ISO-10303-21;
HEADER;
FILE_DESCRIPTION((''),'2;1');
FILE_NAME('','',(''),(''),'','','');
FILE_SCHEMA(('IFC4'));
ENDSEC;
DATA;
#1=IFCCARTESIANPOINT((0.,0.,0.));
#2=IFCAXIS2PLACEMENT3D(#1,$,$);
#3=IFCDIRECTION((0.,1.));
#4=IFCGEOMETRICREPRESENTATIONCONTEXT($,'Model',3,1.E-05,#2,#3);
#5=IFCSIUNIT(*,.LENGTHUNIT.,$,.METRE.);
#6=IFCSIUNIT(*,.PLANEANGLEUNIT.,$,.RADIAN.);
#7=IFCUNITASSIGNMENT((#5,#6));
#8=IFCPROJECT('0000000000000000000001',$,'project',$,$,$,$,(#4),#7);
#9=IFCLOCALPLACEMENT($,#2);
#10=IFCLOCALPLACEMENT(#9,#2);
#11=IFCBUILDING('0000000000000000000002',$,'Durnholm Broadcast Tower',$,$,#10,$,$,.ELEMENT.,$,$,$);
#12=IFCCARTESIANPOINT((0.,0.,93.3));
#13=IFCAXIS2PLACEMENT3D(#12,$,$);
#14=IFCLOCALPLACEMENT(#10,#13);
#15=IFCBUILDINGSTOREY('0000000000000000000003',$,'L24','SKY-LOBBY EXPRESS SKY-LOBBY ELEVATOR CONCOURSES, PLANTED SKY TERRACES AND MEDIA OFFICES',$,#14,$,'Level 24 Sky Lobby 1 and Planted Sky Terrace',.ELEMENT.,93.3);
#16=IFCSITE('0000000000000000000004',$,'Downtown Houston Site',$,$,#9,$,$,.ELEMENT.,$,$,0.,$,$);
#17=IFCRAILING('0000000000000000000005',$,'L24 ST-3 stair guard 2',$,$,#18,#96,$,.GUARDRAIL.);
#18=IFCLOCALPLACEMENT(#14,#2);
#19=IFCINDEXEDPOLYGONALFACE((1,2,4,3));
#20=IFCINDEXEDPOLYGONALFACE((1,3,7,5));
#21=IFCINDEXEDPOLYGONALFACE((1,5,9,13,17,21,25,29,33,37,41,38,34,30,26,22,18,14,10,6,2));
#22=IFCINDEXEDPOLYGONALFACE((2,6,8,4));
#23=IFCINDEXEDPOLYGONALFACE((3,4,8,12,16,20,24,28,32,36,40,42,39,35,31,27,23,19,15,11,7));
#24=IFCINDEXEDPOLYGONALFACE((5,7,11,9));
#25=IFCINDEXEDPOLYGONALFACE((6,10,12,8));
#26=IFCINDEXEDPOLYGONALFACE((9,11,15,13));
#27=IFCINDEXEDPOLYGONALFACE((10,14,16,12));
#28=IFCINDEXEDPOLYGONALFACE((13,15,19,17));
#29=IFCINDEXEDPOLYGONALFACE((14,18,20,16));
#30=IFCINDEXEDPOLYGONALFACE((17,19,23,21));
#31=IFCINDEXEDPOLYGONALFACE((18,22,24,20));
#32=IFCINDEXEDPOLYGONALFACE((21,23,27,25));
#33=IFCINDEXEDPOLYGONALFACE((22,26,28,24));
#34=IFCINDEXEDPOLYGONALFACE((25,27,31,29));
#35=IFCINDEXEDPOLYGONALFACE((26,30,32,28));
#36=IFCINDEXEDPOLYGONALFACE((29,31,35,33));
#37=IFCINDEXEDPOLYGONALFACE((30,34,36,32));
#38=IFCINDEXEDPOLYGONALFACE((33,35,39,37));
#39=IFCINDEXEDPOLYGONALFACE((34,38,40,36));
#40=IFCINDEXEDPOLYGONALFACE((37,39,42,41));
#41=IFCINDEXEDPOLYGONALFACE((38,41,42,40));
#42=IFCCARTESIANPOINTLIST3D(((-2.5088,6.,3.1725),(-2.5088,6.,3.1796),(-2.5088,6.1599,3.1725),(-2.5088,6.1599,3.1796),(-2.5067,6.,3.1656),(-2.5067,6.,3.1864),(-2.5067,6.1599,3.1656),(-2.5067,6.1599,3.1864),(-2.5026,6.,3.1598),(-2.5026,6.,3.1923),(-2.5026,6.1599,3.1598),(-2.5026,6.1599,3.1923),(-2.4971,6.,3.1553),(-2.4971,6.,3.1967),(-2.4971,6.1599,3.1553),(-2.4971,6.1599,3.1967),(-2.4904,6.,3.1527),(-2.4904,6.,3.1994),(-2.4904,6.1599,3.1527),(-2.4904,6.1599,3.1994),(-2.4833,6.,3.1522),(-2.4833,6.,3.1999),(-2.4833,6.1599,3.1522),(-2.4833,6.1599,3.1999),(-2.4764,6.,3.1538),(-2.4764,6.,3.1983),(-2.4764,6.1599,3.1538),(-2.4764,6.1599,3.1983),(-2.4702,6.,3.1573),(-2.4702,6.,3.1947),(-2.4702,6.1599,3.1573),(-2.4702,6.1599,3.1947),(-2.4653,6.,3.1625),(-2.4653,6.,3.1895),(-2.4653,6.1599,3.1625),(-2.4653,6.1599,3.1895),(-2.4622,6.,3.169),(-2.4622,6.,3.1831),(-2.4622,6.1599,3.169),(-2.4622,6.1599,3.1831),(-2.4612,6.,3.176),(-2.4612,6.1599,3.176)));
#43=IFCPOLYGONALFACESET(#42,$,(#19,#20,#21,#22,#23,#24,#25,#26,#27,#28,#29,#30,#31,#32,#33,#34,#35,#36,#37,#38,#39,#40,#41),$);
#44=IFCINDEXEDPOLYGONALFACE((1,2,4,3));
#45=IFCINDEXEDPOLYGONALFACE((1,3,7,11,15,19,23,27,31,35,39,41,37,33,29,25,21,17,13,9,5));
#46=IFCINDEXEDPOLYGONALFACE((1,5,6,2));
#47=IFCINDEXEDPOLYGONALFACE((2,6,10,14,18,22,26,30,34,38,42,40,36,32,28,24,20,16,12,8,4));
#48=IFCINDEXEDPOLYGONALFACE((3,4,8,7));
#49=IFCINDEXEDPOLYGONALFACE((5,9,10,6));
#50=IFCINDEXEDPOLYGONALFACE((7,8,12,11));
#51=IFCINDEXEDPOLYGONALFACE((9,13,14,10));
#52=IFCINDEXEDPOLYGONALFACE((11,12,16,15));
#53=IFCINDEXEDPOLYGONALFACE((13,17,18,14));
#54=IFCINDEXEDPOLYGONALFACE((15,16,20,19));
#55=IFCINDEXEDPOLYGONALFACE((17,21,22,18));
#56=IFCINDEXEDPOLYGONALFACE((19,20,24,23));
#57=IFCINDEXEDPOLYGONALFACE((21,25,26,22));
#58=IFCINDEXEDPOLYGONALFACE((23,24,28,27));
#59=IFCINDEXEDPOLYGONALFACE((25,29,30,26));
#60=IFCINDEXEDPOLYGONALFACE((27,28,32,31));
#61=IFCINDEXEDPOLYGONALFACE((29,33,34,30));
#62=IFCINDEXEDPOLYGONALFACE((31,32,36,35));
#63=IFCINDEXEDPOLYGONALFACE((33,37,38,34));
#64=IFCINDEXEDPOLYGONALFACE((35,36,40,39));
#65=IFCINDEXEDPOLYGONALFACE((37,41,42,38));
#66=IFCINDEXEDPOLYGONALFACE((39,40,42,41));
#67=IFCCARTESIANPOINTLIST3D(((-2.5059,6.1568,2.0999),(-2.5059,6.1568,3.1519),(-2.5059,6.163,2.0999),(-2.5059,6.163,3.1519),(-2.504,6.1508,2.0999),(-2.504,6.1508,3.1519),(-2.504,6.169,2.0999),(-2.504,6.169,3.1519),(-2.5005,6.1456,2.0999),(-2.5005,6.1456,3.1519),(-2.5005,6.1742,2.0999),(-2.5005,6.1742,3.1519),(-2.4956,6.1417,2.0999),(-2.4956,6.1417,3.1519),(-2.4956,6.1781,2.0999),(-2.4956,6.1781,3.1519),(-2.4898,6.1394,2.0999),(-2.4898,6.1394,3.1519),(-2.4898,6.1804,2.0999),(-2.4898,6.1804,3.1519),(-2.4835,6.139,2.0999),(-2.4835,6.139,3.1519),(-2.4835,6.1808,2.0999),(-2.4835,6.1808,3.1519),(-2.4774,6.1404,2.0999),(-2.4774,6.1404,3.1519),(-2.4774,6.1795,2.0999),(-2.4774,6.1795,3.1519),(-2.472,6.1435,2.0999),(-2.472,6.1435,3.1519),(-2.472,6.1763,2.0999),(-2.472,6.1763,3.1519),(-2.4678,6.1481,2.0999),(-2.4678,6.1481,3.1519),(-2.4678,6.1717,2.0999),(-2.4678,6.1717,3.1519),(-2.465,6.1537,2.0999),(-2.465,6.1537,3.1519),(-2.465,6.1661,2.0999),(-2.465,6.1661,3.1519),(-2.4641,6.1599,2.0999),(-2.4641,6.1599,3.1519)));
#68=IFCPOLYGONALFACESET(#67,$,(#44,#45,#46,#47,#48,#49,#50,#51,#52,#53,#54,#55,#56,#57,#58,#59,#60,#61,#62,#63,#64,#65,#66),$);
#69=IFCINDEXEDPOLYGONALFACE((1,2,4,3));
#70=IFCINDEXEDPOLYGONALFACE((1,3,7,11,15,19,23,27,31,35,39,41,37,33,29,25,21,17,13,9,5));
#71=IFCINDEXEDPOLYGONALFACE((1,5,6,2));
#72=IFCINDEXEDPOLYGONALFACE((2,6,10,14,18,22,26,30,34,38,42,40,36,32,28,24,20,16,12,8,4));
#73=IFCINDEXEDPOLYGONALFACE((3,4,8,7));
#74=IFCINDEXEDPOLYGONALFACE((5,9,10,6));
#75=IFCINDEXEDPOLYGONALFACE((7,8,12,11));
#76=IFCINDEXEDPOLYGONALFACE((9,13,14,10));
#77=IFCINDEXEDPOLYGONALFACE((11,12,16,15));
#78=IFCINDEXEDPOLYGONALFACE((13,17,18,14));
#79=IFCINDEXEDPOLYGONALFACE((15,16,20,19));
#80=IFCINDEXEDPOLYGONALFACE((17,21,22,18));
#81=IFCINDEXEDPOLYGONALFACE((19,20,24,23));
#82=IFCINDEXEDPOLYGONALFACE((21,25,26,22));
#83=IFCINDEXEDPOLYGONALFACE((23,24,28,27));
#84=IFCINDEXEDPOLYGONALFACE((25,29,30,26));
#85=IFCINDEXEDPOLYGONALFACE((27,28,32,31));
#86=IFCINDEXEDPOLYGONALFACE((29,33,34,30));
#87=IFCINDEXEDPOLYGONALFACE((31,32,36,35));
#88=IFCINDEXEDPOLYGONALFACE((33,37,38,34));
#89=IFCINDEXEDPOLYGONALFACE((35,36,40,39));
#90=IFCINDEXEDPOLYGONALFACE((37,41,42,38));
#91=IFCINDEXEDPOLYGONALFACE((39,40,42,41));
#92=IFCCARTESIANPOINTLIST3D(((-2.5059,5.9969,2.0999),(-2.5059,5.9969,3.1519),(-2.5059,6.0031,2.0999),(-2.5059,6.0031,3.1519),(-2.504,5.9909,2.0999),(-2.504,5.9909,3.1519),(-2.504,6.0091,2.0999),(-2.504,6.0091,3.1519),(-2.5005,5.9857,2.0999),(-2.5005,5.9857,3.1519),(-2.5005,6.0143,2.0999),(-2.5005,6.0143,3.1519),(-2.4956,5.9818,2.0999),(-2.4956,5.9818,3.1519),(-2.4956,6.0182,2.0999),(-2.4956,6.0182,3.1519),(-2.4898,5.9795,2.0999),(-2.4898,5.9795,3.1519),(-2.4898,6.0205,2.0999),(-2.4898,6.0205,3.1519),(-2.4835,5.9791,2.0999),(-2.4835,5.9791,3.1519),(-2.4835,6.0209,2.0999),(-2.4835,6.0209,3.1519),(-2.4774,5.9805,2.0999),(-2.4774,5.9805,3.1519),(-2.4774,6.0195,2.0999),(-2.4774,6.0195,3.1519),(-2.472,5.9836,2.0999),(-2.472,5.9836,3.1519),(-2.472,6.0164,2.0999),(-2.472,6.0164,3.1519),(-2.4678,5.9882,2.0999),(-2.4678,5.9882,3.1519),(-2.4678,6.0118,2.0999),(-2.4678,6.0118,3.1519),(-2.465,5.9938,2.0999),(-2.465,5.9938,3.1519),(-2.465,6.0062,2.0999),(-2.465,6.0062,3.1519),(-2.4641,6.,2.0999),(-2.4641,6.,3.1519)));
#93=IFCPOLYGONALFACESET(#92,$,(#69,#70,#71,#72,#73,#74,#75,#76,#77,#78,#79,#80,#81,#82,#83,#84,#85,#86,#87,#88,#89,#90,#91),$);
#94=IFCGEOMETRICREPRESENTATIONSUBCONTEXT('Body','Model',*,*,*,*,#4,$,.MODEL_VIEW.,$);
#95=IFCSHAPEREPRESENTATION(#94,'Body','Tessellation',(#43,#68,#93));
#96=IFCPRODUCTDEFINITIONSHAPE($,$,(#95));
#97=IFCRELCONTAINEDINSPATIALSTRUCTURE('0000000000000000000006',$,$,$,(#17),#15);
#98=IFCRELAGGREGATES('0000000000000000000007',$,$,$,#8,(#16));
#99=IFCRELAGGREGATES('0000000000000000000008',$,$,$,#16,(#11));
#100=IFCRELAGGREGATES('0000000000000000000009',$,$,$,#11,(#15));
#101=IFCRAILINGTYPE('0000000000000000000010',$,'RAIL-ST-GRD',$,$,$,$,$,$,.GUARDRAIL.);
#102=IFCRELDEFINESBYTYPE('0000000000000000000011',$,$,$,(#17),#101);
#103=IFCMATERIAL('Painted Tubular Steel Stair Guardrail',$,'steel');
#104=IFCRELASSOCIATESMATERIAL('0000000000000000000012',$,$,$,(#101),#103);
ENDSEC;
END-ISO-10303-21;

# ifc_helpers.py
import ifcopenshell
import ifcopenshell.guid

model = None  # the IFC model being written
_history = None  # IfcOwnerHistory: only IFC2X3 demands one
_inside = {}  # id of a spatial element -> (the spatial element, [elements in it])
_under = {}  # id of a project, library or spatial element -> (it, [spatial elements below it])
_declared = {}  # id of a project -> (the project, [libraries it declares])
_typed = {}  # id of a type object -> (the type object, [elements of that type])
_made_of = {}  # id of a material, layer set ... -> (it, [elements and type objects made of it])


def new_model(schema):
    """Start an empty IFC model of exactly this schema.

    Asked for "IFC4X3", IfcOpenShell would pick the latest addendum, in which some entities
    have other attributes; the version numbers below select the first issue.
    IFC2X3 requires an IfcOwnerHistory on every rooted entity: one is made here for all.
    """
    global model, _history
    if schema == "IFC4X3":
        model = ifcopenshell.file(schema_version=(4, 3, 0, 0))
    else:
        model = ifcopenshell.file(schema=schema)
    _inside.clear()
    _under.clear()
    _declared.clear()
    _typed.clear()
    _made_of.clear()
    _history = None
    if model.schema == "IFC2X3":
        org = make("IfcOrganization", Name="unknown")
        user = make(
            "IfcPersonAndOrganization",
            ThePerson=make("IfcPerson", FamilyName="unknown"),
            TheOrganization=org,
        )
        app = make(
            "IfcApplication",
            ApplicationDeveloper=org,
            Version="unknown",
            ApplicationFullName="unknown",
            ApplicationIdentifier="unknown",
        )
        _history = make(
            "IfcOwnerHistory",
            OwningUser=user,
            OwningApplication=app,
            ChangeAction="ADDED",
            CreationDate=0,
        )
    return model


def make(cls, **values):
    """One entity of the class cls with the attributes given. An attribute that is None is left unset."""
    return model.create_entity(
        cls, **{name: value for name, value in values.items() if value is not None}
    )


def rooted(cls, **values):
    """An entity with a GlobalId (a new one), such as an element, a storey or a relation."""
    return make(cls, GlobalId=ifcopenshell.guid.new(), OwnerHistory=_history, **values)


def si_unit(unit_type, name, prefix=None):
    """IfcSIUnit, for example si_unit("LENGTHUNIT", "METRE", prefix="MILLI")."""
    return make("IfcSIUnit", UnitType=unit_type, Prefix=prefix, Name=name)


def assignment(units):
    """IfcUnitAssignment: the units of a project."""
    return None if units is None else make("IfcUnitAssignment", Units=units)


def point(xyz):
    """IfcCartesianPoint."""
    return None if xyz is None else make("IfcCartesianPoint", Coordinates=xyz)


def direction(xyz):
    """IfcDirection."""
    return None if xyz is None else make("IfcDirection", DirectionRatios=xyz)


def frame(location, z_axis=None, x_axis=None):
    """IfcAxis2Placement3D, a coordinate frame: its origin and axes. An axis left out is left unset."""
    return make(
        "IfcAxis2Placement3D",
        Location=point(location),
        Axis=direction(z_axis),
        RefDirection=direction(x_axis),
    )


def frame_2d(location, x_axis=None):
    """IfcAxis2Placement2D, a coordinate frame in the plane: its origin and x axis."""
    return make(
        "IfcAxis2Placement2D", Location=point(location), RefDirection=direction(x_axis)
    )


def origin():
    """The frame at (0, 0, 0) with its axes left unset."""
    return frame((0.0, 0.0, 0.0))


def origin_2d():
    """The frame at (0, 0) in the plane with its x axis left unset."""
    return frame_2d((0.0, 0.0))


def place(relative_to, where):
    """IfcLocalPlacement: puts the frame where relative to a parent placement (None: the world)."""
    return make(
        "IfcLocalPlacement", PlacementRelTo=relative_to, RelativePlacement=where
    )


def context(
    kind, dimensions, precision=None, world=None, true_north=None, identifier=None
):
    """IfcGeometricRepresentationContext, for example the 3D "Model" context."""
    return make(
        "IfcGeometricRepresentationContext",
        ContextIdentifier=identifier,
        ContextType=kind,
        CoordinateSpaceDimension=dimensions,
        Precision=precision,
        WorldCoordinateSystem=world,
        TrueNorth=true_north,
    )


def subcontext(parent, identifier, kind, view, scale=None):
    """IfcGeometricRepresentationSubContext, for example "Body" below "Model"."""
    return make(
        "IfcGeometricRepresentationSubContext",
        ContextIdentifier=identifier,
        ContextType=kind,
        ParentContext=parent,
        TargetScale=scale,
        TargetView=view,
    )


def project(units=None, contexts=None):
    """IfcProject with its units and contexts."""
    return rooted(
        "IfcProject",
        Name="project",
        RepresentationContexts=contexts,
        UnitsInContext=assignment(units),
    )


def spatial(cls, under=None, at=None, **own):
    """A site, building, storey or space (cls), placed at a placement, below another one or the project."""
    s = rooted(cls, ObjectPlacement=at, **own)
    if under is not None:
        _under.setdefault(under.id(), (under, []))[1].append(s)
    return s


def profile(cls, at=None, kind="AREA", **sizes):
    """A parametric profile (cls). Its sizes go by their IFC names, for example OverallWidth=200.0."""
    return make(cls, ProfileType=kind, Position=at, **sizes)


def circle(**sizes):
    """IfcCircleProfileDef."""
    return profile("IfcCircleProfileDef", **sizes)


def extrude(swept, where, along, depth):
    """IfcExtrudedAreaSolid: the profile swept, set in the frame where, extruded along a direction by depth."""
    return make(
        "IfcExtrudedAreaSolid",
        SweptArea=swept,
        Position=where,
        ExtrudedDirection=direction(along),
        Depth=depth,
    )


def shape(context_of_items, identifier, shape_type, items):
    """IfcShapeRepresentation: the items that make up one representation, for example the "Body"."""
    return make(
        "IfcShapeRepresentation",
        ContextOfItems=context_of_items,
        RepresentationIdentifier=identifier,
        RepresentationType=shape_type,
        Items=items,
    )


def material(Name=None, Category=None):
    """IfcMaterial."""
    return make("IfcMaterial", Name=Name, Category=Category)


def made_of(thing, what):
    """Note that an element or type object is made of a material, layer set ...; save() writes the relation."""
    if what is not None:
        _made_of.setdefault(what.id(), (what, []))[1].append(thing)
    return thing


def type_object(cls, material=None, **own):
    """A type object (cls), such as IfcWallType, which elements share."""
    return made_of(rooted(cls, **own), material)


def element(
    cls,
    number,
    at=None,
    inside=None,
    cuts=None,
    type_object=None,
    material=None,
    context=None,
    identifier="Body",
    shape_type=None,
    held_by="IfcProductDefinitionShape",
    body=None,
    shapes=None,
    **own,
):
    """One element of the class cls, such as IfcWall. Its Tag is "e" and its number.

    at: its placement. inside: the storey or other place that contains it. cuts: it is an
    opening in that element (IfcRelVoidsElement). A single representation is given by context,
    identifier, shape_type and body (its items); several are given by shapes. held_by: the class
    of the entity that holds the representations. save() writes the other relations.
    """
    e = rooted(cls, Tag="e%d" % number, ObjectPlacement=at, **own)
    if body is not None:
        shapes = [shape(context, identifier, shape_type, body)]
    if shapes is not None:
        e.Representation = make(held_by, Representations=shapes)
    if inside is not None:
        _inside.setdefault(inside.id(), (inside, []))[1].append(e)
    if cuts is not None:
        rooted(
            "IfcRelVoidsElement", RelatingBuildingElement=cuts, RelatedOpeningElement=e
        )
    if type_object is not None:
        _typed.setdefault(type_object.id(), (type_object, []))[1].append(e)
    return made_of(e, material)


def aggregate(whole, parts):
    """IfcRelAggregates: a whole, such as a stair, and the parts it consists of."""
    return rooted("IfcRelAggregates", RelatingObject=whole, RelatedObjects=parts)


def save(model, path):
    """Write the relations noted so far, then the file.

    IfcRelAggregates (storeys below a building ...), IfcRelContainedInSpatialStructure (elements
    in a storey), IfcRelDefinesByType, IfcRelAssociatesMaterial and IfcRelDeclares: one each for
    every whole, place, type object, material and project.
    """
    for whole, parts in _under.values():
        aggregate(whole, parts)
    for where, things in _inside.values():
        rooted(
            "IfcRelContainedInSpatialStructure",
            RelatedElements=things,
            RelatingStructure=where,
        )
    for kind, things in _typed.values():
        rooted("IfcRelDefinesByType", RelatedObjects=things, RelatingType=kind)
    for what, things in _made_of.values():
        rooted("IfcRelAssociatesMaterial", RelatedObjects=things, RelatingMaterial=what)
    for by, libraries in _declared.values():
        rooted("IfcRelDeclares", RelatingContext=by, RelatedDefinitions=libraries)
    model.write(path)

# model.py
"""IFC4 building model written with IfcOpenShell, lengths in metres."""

from ifc_helpers import new_model, si_unit, direction, frame, origin, origin_2d, place, context, subcontext, project, spatial, circle, extrude, material, type_object, element, save


model = new_model("IFC4")

# Units and contexts
model_context = context("Model", 3, precision=1e-05, world=origin(), true_north=direction((0.0, 1.0)))
body_context = subcontext(model_context, "Body", "Model", "MODEL_VIEW")
ifc_project = project(units=[si_unit("LENGTHUNIT", "METRE"), si_unit("PLANEANGLEUNIT", "RADIAN")], contexts=[model_context])

# Site, building, storey
site_placement = place(None, origin())
site = spatial("IfcSite", under=ifc_project, at=site_placement, Name="Downtown Houston Site", CompositionType="ELEMENT", RefElevation=0.0)
building_placement = place(site_placement, origin())
building = spatial("IfcBuilding", under=site, at=building_placement, Name="Durnholm Broadcast Tower", CompositionType="ELEMENT")
storey_placement = place(building_placement, frame((0.0, 0.0, 93.3)))
storey = spatial("IfcBuildingStorey", under=building, at=storey_placement, Name="L24", Description="SKY-LOBBY EXPRESS SKY-LOBBY ELEVATOR CONCOURSES, PLANTED SKY TERRACES AND MEDIA OFFICES", LongName="Level 24 Sky Lobby 1 and Planted Sky Terrace", CompositionType="ELEMENT", Elevation=93.3)

# Railing
ifc_material_1 = material(Name="Painted Tubular Steel Stair Guardrail", Category="steel")
railing_type_1 = type_object("IfcRailingType", Name="RAIL-ST-GRD", PredefinedType="GUARDRAIL", material=ifc_material_1)
railing_1_placement = place(storey_placement, frame((-2.4851, 6.1599, 2.0999)))
element("IfcRailing", 1, at=railing_1_placement, inside=storey, type_object=railing_type_1, Name="L24 ST-3 stair guard 2", PredefinedType="GUARDRAIL", context=body_context, shape_type="SweptSolid", body=[
    extrude(circle(Radius=0.0239, at=origin_2d()), frame((0.0, 0.0, 1.0762), z_axis=(0.0, -1.0, 0.0), x_axis=(1.0, 0.0, 0.0)), (0.0, 0.0, 1.0), 0.1599),
    extrude(circle(Radius=0.021, at=origin_2d()), origin(), (0.0, 0.0, 1.0), 1.052),
    extrude(circle(Radius=0.021, at=origin_2d()), frame((0.0, -0.1599, 0.0)), (0.0, 0.0, 1.0), 1.052),
])

save(model, "model.ifc")
